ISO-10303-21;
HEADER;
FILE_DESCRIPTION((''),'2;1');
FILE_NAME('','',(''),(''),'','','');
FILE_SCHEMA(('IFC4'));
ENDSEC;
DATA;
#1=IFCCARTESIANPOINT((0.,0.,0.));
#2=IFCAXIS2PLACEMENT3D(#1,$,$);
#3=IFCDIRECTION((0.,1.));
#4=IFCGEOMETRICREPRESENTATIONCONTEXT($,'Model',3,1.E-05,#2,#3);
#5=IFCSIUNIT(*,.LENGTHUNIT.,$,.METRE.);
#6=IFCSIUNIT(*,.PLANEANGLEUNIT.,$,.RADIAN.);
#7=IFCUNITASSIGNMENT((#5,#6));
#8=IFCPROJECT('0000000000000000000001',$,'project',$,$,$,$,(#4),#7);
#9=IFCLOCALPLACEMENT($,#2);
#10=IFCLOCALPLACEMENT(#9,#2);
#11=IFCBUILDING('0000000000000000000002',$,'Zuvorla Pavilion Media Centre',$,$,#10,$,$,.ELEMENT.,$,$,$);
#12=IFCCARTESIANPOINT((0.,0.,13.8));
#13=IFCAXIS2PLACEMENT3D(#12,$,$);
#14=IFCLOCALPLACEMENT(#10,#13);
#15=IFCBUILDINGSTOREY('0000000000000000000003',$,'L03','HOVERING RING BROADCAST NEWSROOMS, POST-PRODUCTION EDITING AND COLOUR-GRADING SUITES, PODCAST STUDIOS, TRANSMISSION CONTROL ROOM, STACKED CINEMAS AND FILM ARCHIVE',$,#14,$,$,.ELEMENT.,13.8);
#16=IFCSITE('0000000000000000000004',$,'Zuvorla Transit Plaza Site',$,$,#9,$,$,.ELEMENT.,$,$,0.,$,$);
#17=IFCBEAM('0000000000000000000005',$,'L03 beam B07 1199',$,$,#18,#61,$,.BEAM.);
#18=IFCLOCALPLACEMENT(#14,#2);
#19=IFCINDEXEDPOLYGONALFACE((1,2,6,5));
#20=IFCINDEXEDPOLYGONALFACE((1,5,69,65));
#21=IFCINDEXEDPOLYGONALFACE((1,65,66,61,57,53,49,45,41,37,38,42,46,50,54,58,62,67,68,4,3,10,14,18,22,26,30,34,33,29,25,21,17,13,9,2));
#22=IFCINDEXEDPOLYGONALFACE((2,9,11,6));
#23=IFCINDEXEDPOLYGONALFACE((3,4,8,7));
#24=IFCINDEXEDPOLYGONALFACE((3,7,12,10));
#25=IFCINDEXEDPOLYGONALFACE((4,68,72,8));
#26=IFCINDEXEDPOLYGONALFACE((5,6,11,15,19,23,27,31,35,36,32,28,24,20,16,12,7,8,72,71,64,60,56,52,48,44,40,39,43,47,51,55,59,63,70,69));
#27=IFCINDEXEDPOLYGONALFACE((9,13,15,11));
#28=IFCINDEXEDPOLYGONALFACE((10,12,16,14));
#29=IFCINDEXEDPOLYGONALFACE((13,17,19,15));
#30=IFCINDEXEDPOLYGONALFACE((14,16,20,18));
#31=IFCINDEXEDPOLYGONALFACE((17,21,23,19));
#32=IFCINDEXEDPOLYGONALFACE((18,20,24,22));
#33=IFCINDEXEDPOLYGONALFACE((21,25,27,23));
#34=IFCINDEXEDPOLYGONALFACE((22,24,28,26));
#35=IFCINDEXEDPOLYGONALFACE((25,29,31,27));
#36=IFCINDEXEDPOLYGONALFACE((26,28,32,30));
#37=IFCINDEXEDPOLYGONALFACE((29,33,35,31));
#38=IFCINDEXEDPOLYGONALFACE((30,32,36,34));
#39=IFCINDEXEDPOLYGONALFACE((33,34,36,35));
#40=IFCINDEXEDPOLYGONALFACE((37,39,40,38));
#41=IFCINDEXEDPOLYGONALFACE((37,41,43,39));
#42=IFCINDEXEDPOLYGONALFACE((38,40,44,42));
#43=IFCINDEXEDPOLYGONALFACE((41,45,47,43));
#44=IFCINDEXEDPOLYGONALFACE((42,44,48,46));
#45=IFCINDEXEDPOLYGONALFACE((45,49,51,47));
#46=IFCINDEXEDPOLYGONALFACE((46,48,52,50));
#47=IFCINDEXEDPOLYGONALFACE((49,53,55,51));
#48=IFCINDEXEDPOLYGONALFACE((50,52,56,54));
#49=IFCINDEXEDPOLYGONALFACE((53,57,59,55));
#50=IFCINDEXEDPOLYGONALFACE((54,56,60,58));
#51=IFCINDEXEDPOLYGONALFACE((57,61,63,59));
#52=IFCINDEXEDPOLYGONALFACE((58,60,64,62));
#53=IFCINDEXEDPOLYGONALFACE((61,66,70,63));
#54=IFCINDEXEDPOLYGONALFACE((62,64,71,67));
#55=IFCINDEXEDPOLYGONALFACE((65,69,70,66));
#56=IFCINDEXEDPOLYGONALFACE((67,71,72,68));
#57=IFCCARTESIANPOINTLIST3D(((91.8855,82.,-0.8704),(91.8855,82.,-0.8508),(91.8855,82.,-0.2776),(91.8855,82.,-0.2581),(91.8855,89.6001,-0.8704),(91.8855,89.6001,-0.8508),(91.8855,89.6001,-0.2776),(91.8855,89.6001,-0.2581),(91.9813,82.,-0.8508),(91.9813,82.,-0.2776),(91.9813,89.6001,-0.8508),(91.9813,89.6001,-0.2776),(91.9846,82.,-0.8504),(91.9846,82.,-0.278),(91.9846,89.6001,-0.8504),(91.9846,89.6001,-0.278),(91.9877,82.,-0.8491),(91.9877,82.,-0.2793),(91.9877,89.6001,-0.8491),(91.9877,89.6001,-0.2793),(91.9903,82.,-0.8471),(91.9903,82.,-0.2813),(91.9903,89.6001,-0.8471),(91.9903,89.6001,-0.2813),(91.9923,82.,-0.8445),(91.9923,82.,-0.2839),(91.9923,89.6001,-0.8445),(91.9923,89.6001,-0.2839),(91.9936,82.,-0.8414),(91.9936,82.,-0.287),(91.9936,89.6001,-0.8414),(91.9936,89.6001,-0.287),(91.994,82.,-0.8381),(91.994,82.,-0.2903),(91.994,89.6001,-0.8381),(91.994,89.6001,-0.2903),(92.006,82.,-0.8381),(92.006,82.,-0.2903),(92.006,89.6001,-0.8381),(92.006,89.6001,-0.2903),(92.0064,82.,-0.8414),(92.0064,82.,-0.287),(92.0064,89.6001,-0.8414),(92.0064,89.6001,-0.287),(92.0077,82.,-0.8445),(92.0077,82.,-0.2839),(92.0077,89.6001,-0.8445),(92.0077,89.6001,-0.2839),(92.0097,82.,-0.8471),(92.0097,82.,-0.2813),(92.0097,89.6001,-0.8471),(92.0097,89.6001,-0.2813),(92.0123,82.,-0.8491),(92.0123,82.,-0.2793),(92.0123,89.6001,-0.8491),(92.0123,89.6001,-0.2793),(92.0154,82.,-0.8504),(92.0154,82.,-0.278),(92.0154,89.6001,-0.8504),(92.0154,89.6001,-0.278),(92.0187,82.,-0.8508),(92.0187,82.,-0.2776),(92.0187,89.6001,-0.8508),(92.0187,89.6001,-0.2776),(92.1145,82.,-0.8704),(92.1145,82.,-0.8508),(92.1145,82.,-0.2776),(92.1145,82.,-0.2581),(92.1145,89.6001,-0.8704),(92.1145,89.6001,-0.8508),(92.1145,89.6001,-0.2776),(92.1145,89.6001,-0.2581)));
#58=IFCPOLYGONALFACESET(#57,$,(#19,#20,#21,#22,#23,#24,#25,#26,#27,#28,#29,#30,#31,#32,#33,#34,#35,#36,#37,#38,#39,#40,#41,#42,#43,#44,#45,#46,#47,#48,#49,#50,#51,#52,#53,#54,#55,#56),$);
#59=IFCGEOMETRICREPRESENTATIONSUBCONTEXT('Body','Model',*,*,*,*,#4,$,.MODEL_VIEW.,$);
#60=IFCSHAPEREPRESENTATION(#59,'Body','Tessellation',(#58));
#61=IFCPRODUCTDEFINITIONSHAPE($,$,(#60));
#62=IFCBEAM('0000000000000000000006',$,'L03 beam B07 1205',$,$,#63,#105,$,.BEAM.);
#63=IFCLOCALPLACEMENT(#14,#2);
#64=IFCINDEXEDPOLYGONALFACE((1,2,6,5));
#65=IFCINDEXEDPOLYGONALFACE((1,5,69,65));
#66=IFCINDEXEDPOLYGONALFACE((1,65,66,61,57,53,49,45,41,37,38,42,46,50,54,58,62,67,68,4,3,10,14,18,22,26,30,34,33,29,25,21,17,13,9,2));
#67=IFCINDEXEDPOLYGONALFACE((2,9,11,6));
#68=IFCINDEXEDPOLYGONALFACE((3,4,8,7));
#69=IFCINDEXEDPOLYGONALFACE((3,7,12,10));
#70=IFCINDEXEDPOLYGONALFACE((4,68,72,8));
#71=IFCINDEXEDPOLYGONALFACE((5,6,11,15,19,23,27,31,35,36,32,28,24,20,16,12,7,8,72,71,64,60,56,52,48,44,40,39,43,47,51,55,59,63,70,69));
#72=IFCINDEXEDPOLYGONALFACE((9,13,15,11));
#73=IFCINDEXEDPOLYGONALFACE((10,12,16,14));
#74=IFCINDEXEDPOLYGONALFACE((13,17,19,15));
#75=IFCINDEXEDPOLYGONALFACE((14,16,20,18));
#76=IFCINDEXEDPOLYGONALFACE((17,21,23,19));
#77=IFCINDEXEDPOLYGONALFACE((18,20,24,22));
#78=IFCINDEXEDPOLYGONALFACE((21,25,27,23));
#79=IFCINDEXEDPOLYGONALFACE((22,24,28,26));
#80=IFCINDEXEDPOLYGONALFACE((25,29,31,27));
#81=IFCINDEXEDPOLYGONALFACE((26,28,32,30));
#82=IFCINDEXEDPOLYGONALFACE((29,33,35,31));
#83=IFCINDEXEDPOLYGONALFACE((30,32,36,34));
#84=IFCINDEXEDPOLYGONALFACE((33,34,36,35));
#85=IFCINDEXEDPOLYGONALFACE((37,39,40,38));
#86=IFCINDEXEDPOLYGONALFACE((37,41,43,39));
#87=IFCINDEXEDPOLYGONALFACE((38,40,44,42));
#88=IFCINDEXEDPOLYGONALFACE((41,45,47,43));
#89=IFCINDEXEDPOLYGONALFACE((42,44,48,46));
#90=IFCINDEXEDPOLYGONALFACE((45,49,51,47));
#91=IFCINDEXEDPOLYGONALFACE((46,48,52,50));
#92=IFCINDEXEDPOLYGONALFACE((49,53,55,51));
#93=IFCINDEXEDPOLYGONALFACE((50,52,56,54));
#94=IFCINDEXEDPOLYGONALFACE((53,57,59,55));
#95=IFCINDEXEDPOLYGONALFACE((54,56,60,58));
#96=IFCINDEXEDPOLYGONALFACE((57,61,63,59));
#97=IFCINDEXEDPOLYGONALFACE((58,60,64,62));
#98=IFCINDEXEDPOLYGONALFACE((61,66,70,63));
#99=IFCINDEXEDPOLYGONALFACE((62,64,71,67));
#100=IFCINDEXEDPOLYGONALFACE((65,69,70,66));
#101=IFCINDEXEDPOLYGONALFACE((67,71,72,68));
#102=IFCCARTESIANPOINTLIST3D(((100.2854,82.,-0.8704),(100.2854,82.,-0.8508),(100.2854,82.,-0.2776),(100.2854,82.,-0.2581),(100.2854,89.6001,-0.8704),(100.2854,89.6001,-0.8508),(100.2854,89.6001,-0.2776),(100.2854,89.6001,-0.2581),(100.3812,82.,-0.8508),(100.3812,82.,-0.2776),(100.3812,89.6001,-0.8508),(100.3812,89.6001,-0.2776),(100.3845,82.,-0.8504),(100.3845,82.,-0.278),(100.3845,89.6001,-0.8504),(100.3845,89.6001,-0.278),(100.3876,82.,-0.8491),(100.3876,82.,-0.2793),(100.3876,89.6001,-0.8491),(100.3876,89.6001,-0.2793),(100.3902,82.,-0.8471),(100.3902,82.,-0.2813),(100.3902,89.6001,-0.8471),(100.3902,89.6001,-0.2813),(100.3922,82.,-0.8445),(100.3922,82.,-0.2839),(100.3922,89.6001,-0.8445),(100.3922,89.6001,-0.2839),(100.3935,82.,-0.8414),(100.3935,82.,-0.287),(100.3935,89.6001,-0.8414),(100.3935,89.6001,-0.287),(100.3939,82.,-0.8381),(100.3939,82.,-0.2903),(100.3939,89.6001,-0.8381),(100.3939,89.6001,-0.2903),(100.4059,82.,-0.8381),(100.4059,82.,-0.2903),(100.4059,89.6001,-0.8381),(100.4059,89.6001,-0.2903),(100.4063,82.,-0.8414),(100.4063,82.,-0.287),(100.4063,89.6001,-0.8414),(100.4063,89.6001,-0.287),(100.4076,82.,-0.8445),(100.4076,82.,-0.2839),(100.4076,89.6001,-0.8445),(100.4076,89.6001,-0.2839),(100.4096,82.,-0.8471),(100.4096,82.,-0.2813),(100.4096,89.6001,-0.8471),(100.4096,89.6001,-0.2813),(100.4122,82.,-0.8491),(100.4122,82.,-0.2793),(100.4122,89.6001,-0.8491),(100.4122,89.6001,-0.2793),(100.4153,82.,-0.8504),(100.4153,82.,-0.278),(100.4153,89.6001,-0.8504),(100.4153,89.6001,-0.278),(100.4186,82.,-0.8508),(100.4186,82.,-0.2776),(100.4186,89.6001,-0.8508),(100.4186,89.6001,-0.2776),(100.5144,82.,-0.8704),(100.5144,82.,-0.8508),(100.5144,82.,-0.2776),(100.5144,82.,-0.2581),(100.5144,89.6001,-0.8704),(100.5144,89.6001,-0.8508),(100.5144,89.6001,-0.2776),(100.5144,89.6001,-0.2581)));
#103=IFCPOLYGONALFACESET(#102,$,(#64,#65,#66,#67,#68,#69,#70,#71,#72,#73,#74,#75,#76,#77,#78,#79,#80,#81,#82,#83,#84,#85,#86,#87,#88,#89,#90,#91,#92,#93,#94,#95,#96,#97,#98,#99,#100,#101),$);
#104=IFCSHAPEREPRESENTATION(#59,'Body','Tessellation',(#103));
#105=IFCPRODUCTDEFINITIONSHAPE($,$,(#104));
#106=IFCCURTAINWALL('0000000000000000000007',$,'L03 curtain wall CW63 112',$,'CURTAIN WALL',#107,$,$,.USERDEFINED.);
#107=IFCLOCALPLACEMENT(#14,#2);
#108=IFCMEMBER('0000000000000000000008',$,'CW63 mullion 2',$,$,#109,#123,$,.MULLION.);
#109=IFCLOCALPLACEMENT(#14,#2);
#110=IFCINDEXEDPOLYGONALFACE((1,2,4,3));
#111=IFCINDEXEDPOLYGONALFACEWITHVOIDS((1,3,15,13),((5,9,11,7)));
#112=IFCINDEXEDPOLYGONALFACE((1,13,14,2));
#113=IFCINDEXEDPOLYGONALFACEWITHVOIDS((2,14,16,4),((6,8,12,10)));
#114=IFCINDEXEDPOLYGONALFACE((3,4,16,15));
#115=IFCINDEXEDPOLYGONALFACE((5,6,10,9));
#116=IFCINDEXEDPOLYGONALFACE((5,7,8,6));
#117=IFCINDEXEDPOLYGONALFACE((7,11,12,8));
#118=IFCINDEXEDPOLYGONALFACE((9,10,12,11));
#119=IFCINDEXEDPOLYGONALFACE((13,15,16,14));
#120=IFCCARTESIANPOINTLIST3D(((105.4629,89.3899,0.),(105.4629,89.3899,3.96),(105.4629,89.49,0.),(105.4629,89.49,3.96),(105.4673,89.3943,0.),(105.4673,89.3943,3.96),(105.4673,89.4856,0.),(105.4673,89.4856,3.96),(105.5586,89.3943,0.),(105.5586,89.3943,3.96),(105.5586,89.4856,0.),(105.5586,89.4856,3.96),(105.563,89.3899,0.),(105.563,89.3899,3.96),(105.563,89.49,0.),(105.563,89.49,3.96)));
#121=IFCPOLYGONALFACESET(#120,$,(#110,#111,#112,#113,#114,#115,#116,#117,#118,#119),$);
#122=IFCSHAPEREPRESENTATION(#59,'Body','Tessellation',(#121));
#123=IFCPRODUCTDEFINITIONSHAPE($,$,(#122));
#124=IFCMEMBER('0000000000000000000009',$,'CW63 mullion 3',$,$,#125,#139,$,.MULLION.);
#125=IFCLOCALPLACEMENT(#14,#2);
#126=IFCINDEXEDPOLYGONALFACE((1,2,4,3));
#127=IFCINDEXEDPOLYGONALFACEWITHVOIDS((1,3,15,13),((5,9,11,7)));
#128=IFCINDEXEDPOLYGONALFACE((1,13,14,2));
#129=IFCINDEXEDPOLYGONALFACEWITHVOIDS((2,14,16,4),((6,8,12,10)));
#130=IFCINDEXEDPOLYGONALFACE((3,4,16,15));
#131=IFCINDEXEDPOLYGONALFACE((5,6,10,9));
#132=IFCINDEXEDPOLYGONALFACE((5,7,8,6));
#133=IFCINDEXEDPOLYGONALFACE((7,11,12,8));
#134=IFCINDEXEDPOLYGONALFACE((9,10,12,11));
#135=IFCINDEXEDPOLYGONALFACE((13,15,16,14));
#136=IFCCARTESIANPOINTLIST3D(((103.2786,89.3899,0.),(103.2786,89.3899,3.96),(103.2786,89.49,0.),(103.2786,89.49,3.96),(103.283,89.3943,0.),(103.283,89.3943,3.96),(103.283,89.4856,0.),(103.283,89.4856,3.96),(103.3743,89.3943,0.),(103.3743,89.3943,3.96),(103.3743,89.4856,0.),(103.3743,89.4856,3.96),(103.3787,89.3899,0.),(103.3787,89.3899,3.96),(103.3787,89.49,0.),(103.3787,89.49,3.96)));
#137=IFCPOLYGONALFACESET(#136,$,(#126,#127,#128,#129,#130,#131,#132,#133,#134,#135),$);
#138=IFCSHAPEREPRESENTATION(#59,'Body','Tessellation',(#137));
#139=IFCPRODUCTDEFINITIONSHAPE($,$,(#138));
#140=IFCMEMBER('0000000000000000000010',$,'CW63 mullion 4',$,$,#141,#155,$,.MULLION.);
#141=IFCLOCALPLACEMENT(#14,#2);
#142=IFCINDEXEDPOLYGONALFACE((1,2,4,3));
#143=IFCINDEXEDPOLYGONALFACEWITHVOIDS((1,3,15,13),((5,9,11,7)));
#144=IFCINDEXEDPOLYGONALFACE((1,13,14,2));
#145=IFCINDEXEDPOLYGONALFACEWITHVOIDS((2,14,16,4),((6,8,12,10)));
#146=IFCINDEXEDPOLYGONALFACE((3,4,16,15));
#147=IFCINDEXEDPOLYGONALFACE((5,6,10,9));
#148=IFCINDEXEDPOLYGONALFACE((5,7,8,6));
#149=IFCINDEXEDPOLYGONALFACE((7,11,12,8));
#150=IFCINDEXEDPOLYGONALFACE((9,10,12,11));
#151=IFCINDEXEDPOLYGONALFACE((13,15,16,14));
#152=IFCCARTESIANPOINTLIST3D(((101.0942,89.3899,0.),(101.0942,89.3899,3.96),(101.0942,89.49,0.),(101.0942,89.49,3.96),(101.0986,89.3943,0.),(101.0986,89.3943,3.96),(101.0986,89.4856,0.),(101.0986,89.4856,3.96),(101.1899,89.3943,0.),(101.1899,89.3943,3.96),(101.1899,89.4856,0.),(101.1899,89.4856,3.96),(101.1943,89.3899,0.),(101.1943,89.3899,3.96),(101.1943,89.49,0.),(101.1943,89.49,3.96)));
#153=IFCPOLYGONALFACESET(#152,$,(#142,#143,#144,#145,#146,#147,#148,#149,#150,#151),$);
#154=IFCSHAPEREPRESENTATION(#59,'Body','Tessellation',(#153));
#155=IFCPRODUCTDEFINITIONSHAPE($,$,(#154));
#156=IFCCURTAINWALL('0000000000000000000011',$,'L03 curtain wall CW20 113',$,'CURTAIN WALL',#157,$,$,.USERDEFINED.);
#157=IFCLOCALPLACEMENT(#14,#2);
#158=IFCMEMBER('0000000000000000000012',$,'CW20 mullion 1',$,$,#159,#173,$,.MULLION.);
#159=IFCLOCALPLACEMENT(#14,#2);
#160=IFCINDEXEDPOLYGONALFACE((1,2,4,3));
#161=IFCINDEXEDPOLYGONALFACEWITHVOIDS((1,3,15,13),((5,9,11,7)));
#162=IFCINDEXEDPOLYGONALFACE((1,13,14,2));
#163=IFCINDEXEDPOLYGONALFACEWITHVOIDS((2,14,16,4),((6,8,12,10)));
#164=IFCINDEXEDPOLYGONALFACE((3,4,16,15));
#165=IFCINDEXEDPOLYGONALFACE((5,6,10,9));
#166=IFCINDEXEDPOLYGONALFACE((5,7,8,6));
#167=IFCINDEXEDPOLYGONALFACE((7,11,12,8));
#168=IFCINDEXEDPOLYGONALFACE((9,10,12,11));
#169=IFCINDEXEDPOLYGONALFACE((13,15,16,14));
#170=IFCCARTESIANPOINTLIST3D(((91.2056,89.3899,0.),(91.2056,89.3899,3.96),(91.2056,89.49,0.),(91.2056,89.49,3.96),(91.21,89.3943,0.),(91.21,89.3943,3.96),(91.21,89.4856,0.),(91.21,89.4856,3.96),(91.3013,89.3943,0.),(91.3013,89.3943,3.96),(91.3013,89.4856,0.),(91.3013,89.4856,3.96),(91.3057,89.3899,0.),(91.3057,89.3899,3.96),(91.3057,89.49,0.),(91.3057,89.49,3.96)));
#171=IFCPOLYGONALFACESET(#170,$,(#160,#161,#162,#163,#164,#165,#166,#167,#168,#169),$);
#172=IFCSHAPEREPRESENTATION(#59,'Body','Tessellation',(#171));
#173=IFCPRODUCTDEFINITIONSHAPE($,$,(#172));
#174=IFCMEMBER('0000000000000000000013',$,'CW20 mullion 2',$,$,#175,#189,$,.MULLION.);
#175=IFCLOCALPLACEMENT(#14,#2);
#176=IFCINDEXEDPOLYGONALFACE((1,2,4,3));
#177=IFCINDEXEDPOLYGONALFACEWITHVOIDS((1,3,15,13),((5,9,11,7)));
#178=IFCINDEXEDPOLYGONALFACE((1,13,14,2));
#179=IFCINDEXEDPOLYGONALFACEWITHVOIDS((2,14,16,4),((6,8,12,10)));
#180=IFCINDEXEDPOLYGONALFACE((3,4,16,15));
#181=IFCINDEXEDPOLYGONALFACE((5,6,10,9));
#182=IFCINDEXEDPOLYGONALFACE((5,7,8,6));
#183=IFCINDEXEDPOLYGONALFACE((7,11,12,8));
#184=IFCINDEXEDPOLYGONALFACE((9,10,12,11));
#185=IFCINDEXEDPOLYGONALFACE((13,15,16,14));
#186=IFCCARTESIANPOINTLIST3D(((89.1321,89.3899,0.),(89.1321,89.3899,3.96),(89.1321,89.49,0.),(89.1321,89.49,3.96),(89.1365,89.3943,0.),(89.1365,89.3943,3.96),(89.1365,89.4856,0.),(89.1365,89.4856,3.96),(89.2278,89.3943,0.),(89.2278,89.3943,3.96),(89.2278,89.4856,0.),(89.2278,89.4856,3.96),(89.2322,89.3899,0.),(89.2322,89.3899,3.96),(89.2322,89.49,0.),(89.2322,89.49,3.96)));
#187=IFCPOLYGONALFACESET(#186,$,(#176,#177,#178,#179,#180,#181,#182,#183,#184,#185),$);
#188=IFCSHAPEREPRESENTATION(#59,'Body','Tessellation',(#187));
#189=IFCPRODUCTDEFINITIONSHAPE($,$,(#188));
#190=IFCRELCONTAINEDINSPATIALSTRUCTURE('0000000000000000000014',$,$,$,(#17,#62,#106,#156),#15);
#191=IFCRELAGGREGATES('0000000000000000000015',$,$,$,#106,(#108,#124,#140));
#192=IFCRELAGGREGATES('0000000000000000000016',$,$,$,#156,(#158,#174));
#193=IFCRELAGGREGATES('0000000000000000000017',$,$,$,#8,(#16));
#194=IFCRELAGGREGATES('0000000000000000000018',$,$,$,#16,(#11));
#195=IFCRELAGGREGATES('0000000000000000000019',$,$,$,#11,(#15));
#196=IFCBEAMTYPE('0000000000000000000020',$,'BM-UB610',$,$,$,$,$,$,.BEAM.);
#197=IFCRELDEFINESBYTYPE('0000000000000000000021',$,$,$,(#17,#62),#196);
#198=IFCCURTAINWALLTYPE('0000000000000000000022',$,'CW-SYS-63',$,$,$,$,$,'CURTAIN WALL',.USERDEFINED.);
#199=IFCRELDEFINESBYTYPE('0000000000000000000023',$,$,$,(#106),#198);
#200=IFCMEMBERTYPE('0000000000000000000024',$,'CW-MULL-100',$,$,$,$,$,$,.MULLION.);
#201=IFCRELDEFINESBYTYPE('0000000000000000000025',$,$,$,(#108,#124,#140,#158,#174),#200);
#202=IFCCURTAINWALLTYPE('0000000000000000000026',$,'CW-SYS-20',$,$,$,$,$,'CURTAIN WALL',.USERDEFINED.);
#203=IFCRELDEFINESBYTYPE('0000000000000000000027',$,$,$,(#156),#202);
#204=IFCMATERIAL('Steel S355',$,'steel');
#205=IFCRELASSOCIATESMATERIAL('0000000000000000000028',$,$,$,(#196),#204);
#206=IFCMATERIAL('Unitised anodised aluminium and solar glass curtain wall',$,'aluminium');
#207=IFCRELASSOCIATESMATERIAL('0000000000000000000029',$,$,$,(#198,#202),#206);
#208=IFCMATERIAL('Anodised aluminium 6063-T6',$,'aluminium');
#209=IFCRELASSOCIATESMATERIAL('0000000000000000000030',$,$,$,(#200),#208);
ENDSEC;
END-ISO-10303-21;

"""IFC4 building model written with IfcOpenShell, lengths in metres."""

from ifc_helpers import new_model, si_unit, direction, frame, origin, origin_2d, place, context, subcontext, project, spatial, hollow_rectangle, i_section, extrude, material, material_profile, profile_set, type_object, element, aggregate, save


model = new_model("IFC4")

# Units and contexts
model_context = context("Model", 3, precision=1e-05, world=origin(), true_north=direction((0.0, 1.0)))
body_context = subcontext(model_context, "Body", "Model", "MODEL_VIEW")
ifc_project = project(units=[si_unit("LENGTHUNIT", "METRE"), si_unit("PLANEANGLEUNIT", "RADIAN")], contexts=[model_context])

# Site, building, storey
site_placement = place(None, origin())
site = spatial("IfcSite", under=ifc_project, at=site_placement, Name="Zuvorla Transit Plaza Site", CompositionType="ELEMENT", RefElevation=0.0)
building_placement = place(site_placement, origin())
building = spatial("IfcBuilding", under=site, at=building_placement, Name="Zuvorla Pavilion Media Centre", CompositionType="ELEMENT")
storey_placement = place(building_placement, frame((0.0, 0.0, 13.8)))
storey = spatial("IfcBuildingStorey", under=building, at=storey_placement, Name="L03", Description="HOVERING RING BROADCAST NEWSROOMS, POST-PRODUCTION EDITING AND COLOUR-GRADING SUITES, PODCAST STUDIOS, TRANSMISSION CONTROL ROOM, STACKED CINEMAS AND FILM ARCHIVE", CompositionType="ELEMENT", Elevation=13.8)

# Beams
ifc_material_1 = material(Name="Steel S355", Category="steel")
ifc_material_profile_1 = material_profile(ifc_material_1, i_section(OverallWidth=0.229, OverallDepth=0.6123, WebThickness=0.012, FlangeThickness=0.0195, FilletRadius=0.0127, at=origin_2d()), Name="UB 610x229x125")
ifc_profile_set_1 = profile_set([ifc_material_profile_1], Name="Steel S355")
beam_type_1 = type_object("IfcBeamType", Name="BM-UB610", PredefinedType="BEAM", material=ifc_profile_set_1)
for number, where, z_axis, x_axis, name in (
    (1, (92.0, 82.0, -0.5642), (0.0, 1.0, 0.0), (-1.0, 0.0, 0.0), "L03 beam B07 1199"),
    (2, (100.3999, 82.0, -0.5642), (0.0, 1.0, 0.0), (-1.0, 0.0, 0.0), "L03 beam B07 1205"),
):
    element("IfcBeam", number, at=place(storey_placement, frame(where, z_axis=z_axis, x_axis=x_axis)), inside=storey, type_object=beam_type_1, Name=name, PredefinedType="BEAM", context=body_context, shape_type="SweptSolid", body=[
        extrude(i_section(OverallWidth=0.229, OverallDepth=0.6123, WebThickness=0.012, FlangeThickness=0.0195, FilletRadius=0.0127, at=origin_2d()), origin(), (0.0, 0.0, 1.0), 7.6001),
    ])

# Curtain walls, members
ifc_material_2 = material(Name="Unitised anodised aluminium and solar glass curtain wall", Category="aluminium")
curtain_wall_type_1 = type_object("IfcCurtainWallType", Name="CW-SYS-63", ElementType="CURTAIN WALL", PredefinedType="USERDEFINED", material=ifc_material_2)
curtain_wall_1_placement = place(storey_placement, origin())
curtain_wall_1 = element("IfcCurtainWall", 3, at=curtain_wall_1_placement, inside=storey, type_object=curtain_wall_type_1, Name="L03 curtain wall CW63 112", ObjectType="CURTAIN WALL", PredefinedType="USERDEFINED")
ifc_material_3 = material(Name="Anodised aluminium 6063-T6", Category="aluminium")
ifc_material_profile_2 = material_profile(ifc_material_3, hollow_rectangle(XDim=0.1001, YDim=0.1001, WallThickness=0.0044, at=origin_2d()), Name="ALU MULL 100x100")
ifc_profile_set_2 = profile_set([ifc_material_profile_2], Name="Anodised aluminium 6063-T6")
member_type_1 = type_object("IfcMemberType", Name="CW-MULL-100", PredefinedType="MULLION", material=ifc_profile_set_2)
member_1_placement = place(storey_placement, frame((105.5129, 89.4399, 0.0), z_axis=(0.0, 0.0, 1.0), x_axis=(1.0, 0.0, 0.0)))
member_1 = element("IfcMember", 4, at=member_1_placement, type_object=member_type_1, Name="CW63 mullion 2", PredefinedType="MULLION", context=body_context, shape_type="SweptSolid", body=[
    extrude(hollow_rectangle(XDim=0.1001, YDim=0.1001, WallThickness=0.0044, at=origin_2d()), origin(), (0.0, 0.0, 1.0), 3.96),
])
member_2_placement = place(storey_placement, frame((103.3286, 89.4399, 0.0), z_axis=(0.0, 0.0, 1.0), x_axis=(1.0, 0.0, 0.0)))
member_2 = element("IfcMember", 5, at=member_2_placement, type_object=member_type_1, Name="CW63 mullion 3", PredefinedType="MULLION", context=body_context, shape_type="SweptSolid", body=[
    extrude(hollow_rectangle(XDim=0.1001, YDim=0.1001, WallThickness=0.0044, at=origin_2d()), origin(), (0.0, 0.0, 1.0), 3.96),
])
member_3_placement = place(storey_placement, frame((101.1443, 89.4399, 0.0), z_axis=(0.0, 0.0, 1.0), x_axis=(1.0, 0.0, 0.0)))
member_3 = element("IfcMember", 6, at=member_3_placement, type_object=member_type_1, Name="CW63 mullion 4", PredefinedType="MULLION", context=body_context, shape_type="SweptSolid", body=[
    extrude(hollow_rectangle(XDim=0.1001, YDim=0.1001, WallThickness=0.0044, at=origin_2d()), origin(), (0.0, 0.0, 1.0), 3.96),
])
curtain_wall_type_2 = type_object("IfcCurtainWallType", Name="CW-SYS-20", ElementType="CURTAIN WALL", PredefinedType="USERDEFINED", material=ifc_material_2)
curtain_wall_2_placement = place(storey_placement, origin())
curtain_wall_2 = element("IfcCurtainWall", 7, at=curtain_wall_2_placement, inside=storey, type_object=curtain_wall_type_2, Name="L03 curtain wall CW20 113", ObjectType="CURTAIN WALL", PredefinedType="USERDEFINED")
member_4_placement = place(storey_placement, frame((91.2556, 89.4399, 0.0), z_axis=(0.0, 0.0, 1.0), x_axis=(1.0, 0.0, 0.0)))
member_4 = element("IfcMember", 8, at=member_4_placement, type_object=member_type_1, Name="CW20 mullion 1", PredefinedType="MULLION", context=body_context, shape_type="SweptSolid", body=[
    extrude(hollow_rectangle(XDim=0.1001, YDim=0.1001, WallThickness=0.0044, at=origin_2d()), origin(), (0.0, 0.0, 1.0), 3.96),
])
member_5_placement = place(storey_placement, frame((89.1821, 89.4399, 0.0), z_axis=(0.0, 0.0, 1.0), x_axis=(1.0, 0.0, 0.0)))
member_5 = element("IfcMember", 9, at=member_5_placement, type_object=member_type_1, Name="CW20 mullion 2", PredefinedType="MULLION", context=body_context, shape_type="SweptSolid", body=[
    extrude(hollow_rectangle(XDim=0.1001, YDim=0.1001, WallThickness=0.0044, at=origin_2d()), origin(), (0.0, 0.0, 1.0), 3.96),
])

aggregate(curtain_wall_1, [member_1, member_2, member_3])
aggregate(curtain_wall_2, [member_4, member_5])

save(model, "model.ifc")
